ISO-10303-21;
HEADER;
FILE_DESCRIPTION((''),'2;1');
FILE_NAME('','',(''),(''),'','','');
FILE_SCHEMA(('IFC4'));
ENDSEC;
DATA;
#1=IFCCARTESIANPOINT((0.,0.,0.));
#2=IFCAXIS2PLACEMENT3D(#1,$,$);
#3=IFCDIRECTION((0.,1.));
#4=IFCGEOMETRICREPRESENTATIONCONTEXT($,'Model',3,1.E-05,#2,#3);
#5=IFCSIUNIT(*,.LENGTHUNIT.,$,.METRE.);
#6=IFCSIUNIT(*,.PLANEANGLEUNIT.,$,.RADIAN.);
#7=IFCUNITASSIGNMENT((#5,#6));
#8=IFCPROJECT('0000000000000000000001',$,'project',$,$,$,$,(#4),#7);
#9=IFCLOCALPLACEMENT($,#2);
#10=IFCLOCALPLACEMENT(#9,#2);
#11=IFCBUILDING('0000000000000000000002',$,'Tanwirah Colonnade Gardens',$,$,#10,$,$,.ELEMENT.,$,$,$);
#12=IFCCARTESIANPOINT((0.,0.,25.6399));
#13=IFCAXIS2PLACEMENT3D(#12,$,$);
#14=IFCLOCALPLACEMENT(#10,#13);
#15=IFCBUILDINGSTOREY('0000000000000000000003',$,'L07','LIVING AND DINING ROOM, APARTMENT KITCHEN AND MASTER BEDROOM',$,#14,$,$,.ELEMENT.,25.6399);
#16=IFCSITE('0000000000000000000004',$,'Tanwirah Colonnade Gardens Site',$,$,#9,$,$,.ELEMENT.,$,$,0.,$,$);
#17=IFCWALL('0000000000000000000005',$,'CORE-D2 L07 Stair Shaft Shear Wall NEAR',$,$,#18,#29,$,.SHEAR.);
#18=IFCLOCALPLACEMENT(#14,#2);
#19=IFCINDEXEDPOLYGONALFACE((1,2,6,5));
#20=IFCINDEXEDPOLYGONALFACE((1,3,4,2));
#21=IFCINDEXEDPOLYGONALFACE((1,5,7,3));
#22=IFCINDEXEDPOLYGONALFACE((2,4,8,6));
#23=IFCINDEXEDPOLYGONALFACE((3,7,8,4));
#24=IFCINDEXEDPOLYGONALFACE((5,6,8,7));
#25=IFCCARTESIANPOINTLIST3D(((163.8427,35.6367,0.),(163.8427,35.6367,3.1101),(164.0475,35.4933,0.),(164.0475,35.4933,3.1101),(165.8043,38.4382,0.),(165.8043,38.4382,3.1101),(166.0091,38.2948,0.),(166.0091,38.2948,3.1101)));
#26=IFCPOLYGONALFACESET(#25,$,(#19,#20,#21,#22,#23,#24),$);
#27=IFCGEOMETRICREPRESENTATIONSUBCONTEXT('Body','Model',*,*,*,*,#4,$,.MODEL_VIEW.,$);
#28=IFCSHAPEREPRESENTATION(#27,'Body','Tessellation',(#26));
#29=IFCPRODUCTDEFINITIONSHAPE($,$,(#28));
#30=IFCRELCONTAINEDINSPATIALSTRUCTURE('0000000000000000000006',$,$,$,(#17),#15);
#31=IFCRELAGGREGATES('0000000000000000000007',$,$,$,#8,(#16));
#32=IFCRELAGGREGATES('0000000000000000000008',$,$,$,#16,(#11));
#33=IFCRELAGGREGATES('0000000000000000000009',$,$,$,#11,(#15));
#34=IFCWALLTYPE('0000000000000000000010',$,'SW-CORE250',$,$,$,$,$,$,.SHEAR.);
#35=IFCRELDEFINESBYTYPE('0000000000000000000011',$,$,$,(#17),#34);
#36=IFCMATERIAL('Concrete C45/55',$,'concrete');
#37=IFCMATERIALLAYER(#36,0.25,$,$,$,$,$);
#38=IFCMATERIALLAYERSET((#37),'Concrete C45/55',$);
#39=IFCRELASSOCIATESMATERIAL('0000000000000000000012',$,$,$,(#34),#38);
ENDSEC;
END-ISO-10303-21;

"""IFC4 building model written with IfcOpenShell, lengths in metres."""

from ifc_helpers import new_model, si_unit, direction, frame, frame_2d, origin, place, context, subcontext, project, spatial, rectangle, extrude, material, layer, layer_set, type_object, element, save


model = new_model("IFC4")

# Units and contexts
model_context = context("Model", 3, precision=1e-05, world=origin(), true_north=direction((0.0, 1.0)))
body_context = subcontext(model_context, "Body", "Model", "MODEL_VIEW")
ifc_project = project(units=[si_unit("LENGTHUNIT", "METRE"), si_unit("PLANEANGLEUNIT", "RADIAN")], contexts=[model_context])

# Site, building, storey
site_placement = place(None, origin())
site = spatial("IfcSite", under=ifc_project, at=site_placement, Name="Tanwirah Colonnade Gardens Site", CompositionType="ELEMENT", RefElevation=0.0)
building_placement = place(site_placement, origin())
building = spatial("IfcBuilding", under=site, at=building_placement, Name="Tanwirah Colonnade Gardens", CompositionType="ELEMENT")
storey_placement = place(building_placement, frame((0.0, 0.0, 25.6399)))
storey = spatial("IfcBuildingStorey", under=building, at=storey_placement, Name="L07", Description="LIVING AND DINING ROOM, APARTMENT KITCHEN AND MASTER BEDROOM", CompositionType="ELEMENT", Elevation=25.6399)

# Wall
ifc_material_1 = material(Name="Concrete C45/55", Category="concrete")
ifc_layer_1 = layer(ifc_material_1, 0.25)
ifc_layer_set_1 = layer_set([ifc_layer_1], Name="Concrete C45/55")
wall_type_1 = type_object("IfcWallType", Name="SW-CORE250", PredefinedType="SHEAR", material=ifc_layer_set_1)
wall_1_placement = place(storey_placement, frame((165.9067, 38.3665, 0.0), z_axis=(0.0, 0.0, 1.0), x_axis=(-0.573582, -0.819148, 0.0)))
element("IfcWall", 1, at=wall_1_placement, inside=storey, type_object=wall_type_1, Name="CORE-D2 L07 Stair Shaft Shear Wall NEAR", PredefinedType="SHEAR", context=body_context, shape_type="SweptSolid", body=[
    extrude(rectangle(XDim=3.4199, YDim=0.25, at=frame_2d((1.71, 0.0))), origin(), (0.0, 0.0, 1.0), 3.1101),
])

save(model, "model.ifc")
